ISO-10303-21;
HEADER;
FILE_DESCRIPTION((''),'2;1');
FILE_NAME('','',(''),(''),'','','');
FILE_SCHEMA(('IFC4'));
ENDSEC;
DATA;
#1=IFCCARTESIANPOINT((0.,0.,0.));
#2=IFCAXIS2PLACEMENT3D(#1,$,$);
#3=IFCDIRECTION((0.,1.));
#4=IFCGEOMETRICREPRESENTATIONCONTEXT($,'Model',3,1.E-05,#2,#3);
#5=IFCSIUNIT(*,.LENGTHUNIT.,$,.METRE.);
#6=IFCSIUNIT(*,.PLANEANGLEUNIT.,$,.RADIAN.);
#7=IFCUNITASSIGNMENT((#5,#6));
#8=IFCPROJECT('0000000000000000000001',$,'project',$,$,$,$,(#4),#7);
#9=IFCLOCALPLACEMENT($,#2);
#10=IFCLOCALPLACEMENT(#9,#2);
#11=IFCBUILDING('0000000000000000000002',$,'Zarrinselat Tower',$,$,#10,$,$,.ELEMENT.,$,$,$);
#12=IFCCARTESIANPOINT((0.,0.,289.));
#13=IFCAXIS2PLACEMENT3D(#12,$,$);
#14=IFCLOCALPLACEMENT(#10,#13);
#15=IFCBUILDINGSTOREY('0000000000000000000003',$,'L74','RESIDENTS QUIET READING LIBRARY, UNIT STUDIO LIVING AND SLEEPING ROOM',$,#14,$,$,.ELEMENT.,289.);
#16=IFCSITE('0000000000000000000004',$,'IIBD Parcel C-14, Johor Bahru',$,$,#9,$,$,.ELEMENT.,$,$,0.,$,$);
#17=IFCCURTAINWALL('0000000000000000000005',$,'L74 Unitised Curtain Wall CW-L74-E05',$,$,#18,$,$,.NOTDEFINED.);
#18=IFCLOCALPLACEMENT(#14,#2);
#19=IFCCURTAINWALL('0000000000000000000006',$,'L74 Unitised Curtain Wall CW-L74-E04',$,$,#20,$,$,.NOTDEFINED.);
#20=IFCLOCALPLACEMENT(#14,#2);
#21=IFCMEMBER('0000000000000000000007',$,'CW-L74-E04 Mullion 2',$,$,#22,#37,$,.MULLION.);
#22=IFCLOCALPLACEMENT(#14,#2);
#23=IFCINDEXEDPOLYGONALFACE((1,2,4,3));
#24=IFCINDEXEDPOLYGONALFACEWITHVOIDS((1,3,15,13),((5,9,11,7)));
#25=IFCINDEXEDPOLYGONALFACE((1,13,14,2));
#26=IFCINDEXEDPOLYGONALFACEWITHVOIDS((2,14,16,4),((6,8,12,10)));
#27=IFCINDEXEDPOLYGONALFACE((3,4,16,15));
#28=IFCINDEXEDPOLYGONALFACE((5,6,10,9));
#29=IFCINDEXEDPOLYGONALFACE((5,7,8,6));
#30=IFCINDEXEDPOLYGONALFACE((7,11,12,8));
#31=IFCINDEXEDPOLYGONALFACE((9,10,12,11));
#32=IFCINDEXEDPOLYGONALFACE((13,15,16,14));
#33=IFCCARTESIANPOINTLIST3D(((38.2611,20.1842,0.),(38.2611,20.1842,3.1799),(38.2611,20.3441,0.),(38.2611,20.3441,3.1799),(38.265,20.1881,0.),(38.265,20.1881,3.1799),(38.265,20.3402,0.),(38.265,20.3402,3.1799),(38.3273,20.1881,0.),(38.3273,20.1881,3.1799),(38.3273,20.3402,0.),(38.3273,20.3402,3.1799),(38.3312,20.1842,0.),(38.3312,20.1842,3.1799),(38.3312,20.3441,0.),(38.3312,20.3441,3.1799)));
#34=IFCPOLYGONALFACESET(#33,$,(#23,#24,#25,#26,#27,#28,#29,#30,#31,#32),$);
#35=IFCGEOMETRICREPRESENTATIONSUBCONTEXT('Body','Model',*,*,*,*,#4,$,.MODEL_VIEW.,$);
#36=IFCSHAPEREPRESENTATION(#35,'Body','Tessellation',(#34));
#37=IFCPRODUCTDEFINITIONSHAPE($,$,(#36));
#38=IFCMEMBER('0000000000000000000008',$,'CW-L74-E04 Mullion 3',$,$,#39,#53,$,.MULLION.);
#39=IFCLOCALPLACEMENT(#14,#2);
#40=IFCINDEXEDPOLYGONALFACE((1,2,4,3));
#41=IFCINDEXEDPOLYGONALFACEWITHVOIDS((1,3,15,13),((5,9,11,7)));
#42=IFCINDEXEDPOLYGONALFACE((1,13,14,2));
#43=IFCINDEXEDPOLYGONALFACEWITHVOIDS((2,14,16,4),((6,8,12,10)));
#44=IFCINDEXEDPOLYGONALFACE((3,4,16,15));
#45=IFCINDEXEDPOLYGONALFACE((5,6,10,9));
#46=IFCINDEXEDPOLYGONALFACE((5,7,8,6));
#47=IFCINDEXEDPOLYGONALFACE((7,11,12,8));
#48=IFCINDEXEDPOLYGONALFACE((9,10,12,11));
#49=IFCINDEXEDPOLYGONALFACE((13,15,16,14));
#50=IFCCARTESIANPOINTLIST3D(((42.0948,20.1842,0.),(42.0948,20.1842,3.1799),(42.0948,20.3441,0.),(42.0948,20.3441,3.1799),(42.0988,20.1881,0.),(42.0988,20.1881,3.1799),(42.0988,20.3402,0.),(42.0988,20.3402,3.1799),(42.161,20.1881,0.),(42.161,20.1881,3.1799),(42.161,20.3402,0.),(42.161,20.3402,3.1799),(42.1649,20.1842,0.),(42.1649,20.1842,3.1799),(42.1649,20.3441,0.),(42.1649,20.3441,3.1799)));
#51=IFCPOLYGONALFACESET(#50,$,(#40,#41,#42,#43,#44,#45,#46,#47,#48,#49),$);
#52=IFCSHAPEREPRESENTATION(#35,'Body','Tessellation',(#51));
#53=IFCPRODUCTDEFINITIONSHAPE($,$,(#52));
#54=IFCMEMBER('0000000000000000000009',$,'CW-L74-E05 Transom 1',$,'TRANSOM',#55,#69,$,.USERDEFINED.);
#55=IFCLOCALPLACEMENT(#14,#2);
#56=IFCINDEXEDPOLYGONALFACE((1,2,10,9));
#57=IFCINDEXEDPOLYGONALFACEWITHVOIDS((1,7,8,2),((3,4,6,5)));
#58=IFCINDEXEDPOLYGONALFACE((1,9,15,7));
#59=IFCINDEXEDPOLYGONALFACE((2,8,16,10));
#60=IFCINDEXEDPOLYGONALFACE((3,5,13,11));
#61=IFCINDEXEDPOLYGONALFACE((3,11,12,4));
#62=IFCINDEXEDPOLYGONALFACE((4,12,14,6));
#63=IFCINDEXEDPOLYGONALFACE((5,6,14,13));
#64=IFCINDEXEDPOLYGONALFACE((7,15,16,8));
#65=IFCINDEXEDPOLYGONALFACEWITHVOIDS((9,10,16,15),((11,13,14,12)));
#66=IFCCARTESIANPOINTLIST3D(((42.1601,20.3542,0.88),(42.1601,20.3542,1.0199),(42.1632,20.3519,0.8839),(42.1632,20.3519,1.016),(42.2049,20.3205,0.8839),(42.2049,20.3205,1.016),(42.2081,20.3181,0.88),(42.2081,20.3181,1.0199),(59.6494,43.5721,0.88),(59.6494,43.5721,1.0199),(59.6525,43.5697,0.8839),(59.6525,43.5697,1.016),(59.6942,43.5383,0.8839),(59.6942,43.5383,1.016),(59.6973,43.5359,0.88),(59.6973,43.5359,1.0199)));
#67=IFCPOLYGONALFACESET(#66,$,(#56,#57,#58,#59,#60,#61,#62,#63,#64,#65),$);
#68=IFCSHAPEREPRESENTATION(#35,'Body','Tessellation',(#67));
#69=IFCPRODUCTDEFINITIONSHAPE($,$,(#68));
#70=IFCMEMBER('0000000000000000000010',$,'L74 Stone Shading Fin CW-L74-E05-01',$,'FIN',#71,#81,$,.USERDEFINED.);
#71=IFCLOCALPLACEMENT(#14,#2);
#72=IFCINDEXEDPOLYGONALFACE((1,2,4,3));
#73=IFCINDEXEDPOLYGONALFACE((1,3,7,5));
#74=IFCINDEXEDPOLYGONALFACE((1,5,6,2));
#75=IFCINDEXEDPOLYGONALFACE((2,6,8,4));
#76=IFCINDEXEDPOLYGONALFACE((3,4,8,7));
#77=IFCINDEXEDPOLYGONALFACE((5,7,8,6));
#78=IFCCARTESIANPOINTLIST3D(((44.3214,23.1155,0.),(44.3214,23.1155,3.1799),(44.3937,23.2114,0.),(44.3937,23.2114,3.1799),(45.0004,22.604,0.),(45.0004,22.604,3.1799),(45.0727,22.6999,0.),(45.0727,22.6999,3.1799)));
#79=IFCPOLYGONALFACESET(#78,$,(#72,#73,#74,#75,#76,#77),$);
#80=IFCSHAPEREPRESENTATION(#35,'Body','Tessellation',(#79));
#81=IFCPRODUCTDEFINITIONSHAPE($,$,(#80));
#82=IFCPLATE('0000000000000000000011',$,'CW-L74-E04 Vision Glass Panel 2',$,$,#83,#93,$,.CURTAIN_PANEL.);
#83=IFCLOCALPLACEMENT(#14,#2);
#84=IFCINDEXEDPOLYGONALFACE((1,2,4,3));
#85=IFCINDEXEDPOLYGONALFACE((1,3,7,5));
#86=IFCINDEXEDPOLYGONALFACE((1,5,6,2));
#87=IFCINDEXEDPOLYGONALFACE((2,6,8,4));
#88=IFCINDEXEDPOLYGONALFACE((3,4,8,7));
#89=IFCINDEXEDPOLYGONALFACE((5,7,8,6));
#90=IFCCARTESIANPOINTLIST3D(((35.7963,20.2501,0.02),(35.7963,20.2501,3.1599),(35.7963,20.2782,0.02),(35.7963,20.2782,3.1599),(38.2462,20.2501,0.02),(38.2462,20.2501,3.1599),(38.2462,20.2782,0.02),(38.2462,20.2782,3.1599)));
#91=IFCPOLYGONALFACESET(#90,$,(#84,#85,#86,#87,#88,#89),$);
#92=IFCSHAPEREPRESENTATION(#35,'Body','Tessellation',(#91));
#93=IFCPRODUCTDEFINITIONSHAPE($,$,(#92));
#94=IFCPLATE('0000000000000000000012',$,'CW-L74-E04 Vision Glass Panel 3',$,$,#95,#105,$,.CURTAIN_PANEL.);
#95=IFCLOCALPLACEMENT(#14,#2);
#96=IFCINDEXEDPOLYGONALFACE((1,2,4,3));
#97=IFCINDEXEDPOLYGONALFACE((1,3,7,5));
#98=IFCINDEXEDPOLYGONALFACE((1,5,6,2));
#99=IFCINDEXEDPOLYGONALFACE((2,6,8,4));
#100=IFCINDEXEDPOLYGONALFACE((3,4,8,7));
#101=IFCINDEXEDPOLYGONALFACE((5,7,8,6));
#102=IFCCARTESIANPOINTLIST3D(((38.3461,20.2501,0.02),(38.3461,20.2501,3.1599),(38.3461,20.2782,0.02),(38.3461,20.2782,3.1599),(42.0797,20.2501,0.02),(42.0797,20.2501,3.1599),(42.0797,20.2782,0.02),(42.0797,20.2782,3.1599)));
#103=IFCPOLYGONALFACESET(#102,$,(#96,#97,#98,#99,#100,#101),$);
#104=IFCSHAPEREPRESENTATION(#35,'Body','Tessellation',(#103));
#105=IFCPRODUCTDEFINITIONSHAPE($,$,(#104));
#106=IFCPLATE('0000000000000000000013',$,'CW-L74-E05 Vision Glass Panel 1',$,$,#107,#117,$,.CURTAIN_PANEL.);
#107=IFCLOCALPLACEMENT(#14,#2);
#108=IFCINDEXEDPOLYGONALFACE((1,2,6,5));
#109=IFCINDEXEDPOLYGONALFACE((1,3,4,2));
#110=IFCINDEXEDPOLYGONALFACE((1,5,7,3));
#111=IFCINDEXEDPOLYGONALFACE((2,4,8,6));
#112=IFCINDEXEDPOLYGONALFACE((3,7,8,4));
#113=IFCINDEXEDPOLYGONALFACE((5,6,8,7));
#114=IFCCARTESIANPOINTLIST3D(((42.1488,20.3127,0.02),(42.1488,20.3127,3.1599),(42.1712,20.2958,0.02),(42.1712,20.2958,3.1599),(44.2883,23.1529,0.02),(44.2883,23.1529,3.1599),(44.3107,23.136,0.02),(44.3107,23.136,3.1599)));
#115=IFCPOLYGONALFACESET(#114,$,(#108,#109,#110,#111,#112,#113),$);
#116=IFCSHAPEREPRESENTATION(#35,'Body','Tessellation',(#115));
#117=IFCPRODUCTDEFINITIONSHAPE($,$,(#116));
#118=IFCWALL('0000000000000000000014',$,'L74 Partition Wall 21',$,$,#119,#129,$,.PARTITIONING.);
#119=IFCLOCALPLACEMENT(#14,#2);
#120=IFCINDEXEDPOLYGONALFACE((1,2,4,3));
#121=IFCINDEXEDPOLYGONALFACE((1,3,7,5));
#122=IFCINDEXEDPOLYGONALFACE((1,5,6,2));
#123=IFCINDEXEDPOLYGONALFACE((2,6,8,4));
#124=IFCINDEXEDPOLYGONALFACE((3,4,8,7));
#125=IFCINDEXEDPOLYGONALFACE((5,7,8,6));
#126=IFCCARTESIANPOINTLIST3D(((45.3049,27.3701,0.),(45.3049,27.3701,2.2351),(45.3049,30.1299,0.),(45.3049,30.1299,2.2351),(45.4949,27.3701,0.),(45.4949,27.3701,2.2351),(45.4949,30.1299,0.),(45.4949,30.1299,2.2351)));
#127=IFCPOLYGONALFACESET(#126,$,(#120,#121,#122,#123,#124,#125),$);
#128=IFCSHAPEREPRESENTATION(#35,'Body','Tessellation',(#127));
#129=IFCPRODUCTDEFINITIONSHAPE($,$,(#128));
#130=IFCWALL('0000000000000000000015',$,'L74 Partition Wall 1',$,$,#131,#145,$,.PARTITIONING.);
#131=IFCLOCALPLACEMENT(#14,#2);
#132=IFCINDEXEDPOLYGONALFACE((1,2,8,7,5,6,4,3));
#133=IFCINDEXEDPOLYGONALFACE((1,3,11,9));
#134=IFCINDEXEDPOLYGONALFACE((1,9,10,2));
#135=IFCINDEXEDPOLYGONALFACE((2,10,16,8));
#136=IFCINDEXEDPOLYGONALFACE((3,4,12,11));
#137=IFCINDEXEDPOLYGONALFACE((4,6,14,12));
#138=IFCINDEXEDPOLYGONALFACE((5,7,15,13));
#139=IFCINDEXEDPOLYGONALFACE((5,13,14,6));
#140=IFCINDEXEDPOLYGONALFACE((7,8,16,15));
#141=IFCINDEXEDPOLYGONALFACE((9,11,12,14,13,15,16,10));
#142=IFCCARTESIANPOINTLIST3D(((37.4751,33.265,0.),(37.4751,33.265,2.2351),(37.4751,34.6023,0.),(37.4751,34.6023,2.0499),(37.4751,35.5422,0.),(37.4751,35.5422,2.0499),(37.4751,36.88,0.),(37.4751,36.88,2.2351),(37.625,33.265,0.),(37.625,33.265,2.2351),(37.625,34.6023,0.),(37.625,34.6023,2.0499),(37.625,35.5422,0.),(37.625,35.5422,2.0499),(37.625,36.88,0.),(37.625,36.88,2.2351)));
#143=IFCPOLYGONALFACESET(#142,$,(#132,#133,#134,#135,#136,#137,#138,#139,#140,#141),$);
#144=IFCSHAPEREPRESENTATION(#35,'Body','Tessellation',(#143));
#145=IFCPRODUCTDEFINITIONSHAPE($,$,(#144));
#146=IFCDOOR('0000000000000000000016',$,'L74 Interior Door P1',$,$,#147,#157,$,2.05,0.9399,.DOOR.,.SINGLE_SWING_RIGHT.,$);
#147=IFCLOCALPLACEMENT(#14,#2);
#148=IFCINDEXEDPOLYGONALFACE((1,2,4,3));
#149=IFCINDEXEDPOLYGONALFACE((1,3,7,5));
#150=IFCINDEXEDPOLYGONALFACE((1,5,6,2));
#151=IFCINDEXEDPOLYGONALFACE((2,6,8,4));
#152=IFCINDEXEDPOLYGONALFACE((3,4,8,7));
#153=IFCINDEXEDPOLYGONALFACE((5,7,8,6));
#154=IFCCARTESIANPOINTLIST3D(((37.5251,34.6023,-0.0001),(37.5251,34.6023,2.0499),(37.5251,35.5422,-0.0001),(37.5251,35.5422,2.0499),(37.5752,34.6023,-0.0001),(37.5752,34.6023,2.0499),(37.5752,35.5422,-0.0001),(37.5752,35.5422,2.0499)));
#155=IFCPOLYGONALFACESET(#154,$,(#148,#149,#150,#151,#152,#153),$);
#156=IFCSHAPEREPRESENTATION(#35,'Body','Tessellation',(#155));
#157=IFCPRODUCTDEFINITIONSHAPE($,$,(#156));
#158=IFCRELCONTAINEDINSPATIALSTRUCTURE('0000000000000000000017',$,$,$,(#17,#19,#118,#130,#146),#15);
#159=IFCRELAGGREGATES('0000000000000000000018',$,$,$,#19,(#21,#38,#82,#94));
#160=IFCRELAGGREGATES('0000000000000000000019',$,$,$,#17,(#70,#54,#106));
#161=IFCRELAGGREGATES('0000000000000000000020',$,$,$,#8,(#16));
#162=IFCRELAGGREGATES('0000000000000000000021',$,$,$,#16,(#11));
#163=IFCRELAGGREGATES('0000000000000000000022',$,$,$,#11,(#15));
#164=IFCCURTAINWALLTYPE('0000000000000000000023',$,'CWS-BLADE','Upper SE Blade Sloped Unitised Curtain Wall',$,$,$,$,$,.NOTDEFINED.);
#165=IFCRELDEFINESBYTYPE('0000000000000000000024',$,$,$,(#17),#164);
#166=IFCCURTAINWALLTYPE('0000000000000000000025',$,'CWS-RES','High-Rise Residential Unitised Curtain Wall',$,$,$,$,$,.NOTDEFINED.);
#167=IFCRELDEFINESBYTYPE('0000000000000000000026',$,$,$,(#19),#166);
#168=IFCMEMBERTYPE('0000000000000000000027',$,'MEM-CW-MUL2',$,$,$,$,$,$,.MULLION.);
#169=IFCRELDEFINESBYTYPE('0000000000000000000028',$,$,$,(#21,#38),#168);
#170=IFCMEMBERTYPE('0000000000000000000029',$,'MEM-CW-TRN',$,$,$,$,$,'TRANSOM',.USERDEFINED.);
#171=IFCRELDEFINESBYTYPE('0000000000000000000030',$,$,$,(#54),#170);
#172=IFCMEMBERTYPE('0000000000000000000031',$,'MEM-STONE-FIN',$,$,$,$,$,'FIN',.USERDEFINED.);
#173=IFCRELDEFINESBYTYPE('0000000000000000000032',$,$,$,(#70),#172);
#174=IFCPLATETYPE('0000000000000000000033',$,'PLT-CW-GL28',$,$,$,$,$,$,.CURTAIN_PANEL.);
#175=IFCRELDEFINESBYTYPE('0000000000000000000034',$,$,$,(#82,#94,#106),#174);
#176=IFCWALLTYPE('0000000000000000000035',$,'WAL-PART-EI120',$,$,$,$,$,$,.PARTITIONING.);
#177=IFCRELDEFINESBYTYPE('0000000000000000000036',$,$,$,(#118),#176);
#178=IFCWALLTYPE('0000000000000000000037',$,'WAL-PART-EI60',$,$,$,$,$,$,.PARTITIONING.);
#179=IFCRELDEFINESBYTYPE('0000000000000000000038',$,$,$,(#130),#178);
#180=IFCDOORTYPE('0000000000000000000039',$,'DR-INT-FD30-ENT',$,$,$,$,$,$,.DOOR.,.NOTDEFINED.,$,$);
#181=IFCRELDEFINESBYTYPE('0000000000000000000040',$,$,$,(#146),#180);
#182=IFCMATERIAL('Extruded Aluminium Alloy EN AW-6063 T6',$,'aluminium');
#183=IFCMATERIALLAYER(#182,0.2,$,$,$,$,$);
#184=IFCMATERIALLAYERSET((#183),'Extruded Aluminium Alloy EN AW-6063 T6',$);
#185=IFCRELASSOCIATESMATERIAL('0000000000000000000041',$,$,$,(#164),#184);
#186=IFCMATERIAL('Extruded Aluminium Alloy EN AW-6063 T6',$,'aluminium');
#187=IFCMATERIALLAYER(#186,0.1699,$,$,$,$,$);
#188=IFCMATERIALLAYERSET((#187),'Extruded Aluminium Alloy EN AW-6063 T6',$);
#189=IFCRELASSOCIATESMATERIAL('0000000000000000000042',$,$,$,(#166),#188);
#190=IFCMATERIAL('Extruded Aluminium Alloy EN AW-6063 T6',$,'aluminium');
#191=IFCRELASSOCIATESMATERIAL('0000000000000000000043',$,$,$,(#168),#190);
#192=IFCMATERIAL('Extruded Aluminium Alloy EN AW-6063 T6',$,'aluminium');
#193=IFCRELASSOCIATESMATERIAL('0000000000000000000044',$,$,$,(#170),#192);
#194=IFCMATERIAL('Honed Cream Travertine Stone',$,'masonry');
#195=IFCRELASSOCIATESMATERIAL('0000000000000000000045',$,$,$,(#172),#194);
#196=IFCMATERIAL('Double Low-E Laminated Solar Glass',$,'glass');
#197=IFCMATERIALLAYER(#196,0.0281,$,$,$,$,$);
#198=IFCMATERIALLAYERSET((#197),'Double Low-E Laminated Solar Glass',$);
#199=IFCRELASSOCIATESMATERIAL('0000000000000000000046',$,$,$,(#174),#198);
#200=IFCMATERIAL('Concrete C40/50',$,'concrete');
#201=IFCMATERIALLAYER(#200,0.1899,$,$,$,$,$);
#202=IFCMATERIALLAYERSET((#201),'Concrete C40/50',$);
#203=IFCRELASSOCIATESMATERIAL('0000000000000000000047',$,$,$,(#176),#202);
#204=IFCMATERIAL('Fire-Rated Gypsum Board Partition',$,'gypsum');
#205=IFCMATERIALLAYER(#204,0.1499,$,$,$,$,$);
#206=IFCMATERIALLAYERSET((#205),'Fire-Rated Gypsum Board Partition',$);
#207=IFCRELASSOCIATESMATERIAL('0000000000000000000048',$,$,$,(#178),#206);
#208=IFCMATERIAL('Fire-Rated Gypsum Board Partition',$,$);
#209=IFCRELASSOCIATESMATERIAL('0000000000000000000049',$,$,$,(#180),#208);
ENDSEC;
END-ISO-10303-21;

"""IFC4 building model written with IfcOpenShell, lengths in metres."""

from ifc_helpers import new_model, si_unit, direction, frame, frame_2d, origin, origin_2d, place, context, subcontext, project, spatial, rectangle, hollow_rectangle, extrude, material, layer, layer_set, material_profile, profile_set, type_object, element, fill, aggregate, save


model = new_model("IFC4")

# Units and contexts
model_context = context("Model", 3, precision=1e-05, world=origin(), true_north=direction((0.0, 1.0)))
body_context = subcontext(model_context, "Body", "Model", "MODEL_VIEW")
ifc_project = project(units=[si_unit("LENGTHUNIT", "METRE"), si_unit("PLANEANGLEUNIT", "RADIAN")], contexts=[model_context])

# Site, building, storey
site_placement = place(None, origin())
site = spatial("IfcSite", under=ifc_project, at=site_placement, Name="IIBD Parcel C-14, Johor Bahru", CompositionType="ELEMENT", RefElevation=0.0)
building_placement = place(site_placement, origin())
building = spatial("IfcBuilding", under=site, at=building_placement, Name="Zarrinselat Tower", CompositionType="ELEMENT")
storey_placement = place(building_placement, frame((0.0, 0.0, 289.0)))
storey = spatial("IfcBuildingStorey", under=building, at=storey_placement, Name="L74", Description="RESIDENTS QUIET READING LIBRARY, UNIT STUDIO LIVING AND SLEEPING ROOM", CompositionType="ELEMENT", Elevation=289.0)

# Curtain wall
ifc_material_1 = material(Name="Extruded Aluminium Alloy EN AW-6063 T6", Category="aluminium")
ifc_layer_1 = layer(ifc_material_1, 0.2)
ifc_layer_set_1 = layer_set([ifc_layer_1], Name="Extruded Aluminium Alloy EN AW-6063 T6")
curtain_wall_type_1 = type_object("IfcCurtainWallType", Name="CWS-BLADE", Description="Upper SE Blade Sloped Unitised Curtain Wall", PredefinedType="NOTDEFINED", material=ifc_layer_set_1)
curtain_wall_1_placement = place(storey_placement, origin())
curtain_wall_1 = element("IfcCurtainWall", 1, at=curtain_wall_1_placement, inside=storey, type_object=curtain_wall_type_1, Name="L74 Unitised Curtain Wall CW-L74-E05", PredefinedType="NOTDEFINED")

# Curtain wall, members
ifc_material_2 = material(Name="Extruded Aluminium Alloy EN AW-6063 T6", Category="aluminium")
ifc_layer_2 = layer(ifc_material_2, 0.1699)
ifc_layer_set_2 = layer_set([ifc_layer_2], Name="Extruded Aluminium Alloy EN AW-6063 T6")
curtain_wall_type_2 = type_object("IfcCurtainWallType", Name="CWS-RES", Description="High-Rise Residential Unitised Curtain Wall", PredefinedType="NOTDEFINED", material=ifc_layer_set_2)
curtain_wall_2_placement = place(storey_placement, origin())
curtain_wall_2 = element("IfcCurtainWall", 2, at=curtain_wall_2_placement, inside=storey, type_object=curtain_wall_type_2, Name="L74 Unitised Curtain Wall CW-L74-E04", PredefinedType="NOTDEFINED")
ifc_material_3 = material(Name="Extruded Aluminium Alloy EN AW-6063 T6", Category="aluminium")
ifc_material_profile_1 = material_profile(ifc_material_3, hollow_rectangle(XDim=0.0701, YDim=0.1599, WallThickness=0.0039, at=origin_2d()), Name="RHS 160x70x4")
ifc_profile_set_1 = profile_set([ifc_material_profile_1], Name="Extruded Aluminium Alloy EN AW-6063 T6")
member_type_1 = type_object("IfcMemberType", Name="MEM-CW-MUL2", PredefinedType="MULLION", material=ifc_profile_set_1)
member_1_placement = place(storey_placement, frame((38.2961, 20.2642, 0.0), z_axis=(0.0, 0.0, 1.0), x_axis=(1.0, 0.0, 0.0)))
member_1 = element("IfcMember", 3, at=member_1_placement, type_object=member_type_1, Name="CW-L74-E04 Mullion 2", PredefinedType="MULLION", context=body_context, shape_type="SweptSolid", body=[
    extrude(hollow_rectangle(XDim=0.0701, YDim=0.1599, WallThickness=0.0039, at=origin_2d()), origin(), (0.0, 0.0, 1.0), 3.1799),
])
member_2_placement = place(storey_placement, frame((42.1299, 20.2642, 0.0), z_axis=(0.0, 0.0, 1.0), x_axis=(1.0, 0.0, 0.0)))
member_2 = element("IfcMember", 4, at=member_2_placement, type_object=member_type_1, Name="CW-L74-E04 Mullion 3", PredefinedType="MULLION", context=body_context, shape_type="SweptSolid", body=[
    extrude(hollow_rectangle(XDim=0.0701, YDim=0.1599, WallThickness=0.0039, at=origin_2d()), origin(), (0.0, 0.0, 1.0), 3.1799),
])

# Members
ifc_material_4 = material(Name="Extruded Aluminium Alloy EN AW-6063 T6", Category="aluminium")
ifc_material_profile_2 = material_profile(ifc_material_4, hollow_rectangle(XDim=0.0601, YDim=0.1399, WallThickness=0.0039, at=origin_2d()), Name="RHS 140x60x4")
ifc_profile_set_2 = profile_set([ifc_material_profile_2], Name="Extruded Aluminium Alloy EN AW-6063 T6")
member_type_2 = type_object("IfcMemberType", Name="MEM-CW-TRN", ElementType="TRANSOM", PredefinedType="USERDEFINED", material=ifc_profile_set_2)
member_3_placement = place(storey_placement, frame((42.1841, 20.3362, 0.95), z_axis=(0.60167, 0.798744, 0.0), x_axis=(-0.798744, 0.60167, 0.0)))
member_3 = element("IfcMember", 5, at=member_3_placement, type_object=member_type_2, Name="CW-L74-E05 Transom 1", ObjectType="TRANSOM", PredefinedType="USERDEFINED", context=body_context, shape_type="SweptSolid", body=[
    extrude(hollow_rectangle(XDim=0.0601, YDim=0.1399, WallThickness=0.0039, at=origin_2d()), origin(), (0.0, 0.0, 1.0), 29.0679),
])
ifc_material_5 = material(Name="Honed Cream Travertine Stone", Category="masonry")
ifc_material_profile_3 = material_profile(ifc_material_5, rectangle(XDim=0.1201, YDim=0.8501, at=origin_2d()), Name="FIN 850x120")
ifc_profile_set_3 = profile_set([ifc_material_profile_3], Name="Honed Cream Travertine Stone")
member_type_3 = type_object("IfcMemberType", Name="MEM-STONE-FIN", ElementType="FIN", PredefinedType="USERDEFINED", material=ifc_profile_set_3)
member_4_placement = place(storey_placement, frame((44.697, 22.9077, 0.0), z_axis=(0.0, 0.0, 1.0), x_axis=(-0.601673, -0.798743, 0.0)))
member_4 = element("IfcMember", 6, at=member_4_placement, type_object=member_type_3, Name="L74 Stone Shading Fin CW-L74-E05-01", ObjectType="FIN", PredefinedType="USERDEFINED", context=body_context, shape_type="SweptSolid", body=[
    extrude(rectangle(XDim=0.1201, YDim=0.8501, at=origin_2d()), origin(), (0.0, 0.0, 1.0), 3.1799),
])

# Plates
ifc_material_6 = material(Name="Double Low-E Laminated Solar Glass", Category="glass")
ifc_layer_3 = layer(ifc_material_6, 0.0281)
ifc_layer_set_3 = layer_set([ifc_layer_3], Name="Double Low-E Laminated Solar Glass")
plate_type = type_object("IfcPlateType", Name="PLT-CW-GL28", PredefinedType="CURTAIN_PANEL", material=ifc_layer_set_3)
plate_1_placement = place(storey_placement, frame((37.0212, 20.2642, 0.02), z_axis=(0.0, 0.0, 1.0), x_axis=(1.0, 0.0, 0.0)))
plate_1 = element("IfcPlate", 7, at=plate_1_placement, type_object=plate_type, Name="CW-L74-E04 Vision Glass Panel 2", PredefinedType="CURTAIN_PANEL", context=body_context, shape_type="SweptSolid", body=[
    extrude(rectangle(XDim=2.45, YDim=0.0281, at=origin_2d()), origin(), (0.0, 0.0, 1.0), 3.1399),
])
plate_2_placement = place(storey_placement, frame((40.2129, 20.2642, 0.02), z_axis=(0.0, 0.0, 1.0), x_axis=(1.0, 0.0, 0.0)))
plate_2 = element("IfcPlate", 8, at=plate_2_placement, type_object=plate_type, Name="CW-L74-E04 Vision Glass Panel 3", PredefinedType="CURTAIN_PANEL", context=body_context, shape_type="SweptSolid", body=[
    extrude(rectangle(XDim=3.7336, YDim=0.0281, at=origin_2d()), origin(), (0.0, 0.0, 1.0), 3.1399),
])
aggregate(curtain_wall_2, [member_1, member_2, plate_1, plate_2])
plate_3_placement = place(storey_placement, frame((43.2297, 21.7244, 0.02), z_axis=(0.0, 0.0, 1.0), x_axis=(0.601673, 0.798743, 0.0)))
plate_3 = element("IfcPlate", 9, at=plate_3_placement, type_object=plate_type, Name="CW-L74-E05 Vision Glass Panel 1", PredefinedType="CURTAIN_PANEL", context=body_context, shape_type="SweptSolid", body=[
    extrude(rectangle(XDim=3.5559, YDim=0.0281, at=origin_2d()), origin(), (0.0, 0.0, 1.0), 3.1399),
])
aggregate(curtain_wall_1, [member_4, member_3, plate_3])

# Wall
ifc_material_7 = material(Name="Concrete C40/50", Category="concrete")
ifc_layer_4 = layer(ifc_material_7, 0.1899)
ifc_layer_set_4 = layer_set([ifc_layer_4], Name="Concrete C40/50")
wall_type_1 = type_object("IfcWallType", Name="WAL-PART-EI120", PredefinedType="PARTITIONING", material=ifc_layer_set_4)
wall_1_placement = place(storey_placement, frame((45.3999, 27.3701, 0.0), z_axis=(0.0, 0.0, 1.0), x_axis=(0.0, 1.0, 0.0)))
element("IfcWall", 10, at=wall_1_placement, inside=storey, type_object=wall_type_1, Name="L74 Partition Wall 21", PredefinedType="PARTITIONING", context=body_context, shape_type="SweptSolid", body=[
    extrude(rectangle(XDim=2.7598, YDim=0.1899, at=frame_2d((1.3799, 0.0))), origin(), (0.0, 0.0, 1.0), 2.2351),
])

# Wall, opening, door
ifc_material_8 = material(Name="Fire-Rated Gypsum Board Partition", Category="gypsum")
ifc_layer_5 = layer(ifc_material_8, 0.1499)
ifc_layer_set_5 = layer_set([ifc_layer_5], Name="Fire-Rated Gypsum Board Partition")
wall_type_2 = type_object("IfcWallType", Name="WAL-PART-EI60", PredefinedType="PARTITIONING", material=ifc_layer_set_5)
wall_2_placement = place(storey_placement, frame((37.55, 33.2649, 0.0), z_axis=(0.0, 0.0, 1.0), x_axis=(0.0, 1.0, 0.0)))
wall_2 = element("IfcWall", 11, at=wall_2_placement, inside=storey, type_object=wall_type_2, Name="L74 Partition Wall 1", PredefinedType="PARTITIONING", context=body_context, shape_type="SweptSolid", body=[
    extrude(rectangle(XDim=3.615, YDim=0.1499, at=frame_2d((1.8076, 0.0))), origin(), (0.0, 0.0, 1.0), 2.2351),
])
opening_1_placement = place(wall_2_placement, frame((1.3374, 0.0, 0.0)))
opening_1 = element("IfcOpeningElement", 12, at=opening_1_placement, cuts=wall_2, PredefinedType="OPENING", context=body_context, shape_type="SweptSolid", body=[
    extrude(rectangle(XDim=0.9399, YDim=2.05, at=frame_2d((0.47, 1.0249))), frame((0.0, 0.085, 0.0), z_axis=(0.0, -1.0, 0.0), x_axis=(1.0, 0.0, 0.0)), (0.0, 0.0, 1.0), 0.1699),
])
ifc_material_9 = material(Name="Fire-Rated Gypsum Board Partition")
door_type = type_object("IfcDoorType", Name="DR-INT-FD30-ENT", OperationType="NOTDEFINED", PredefinedType="DOOR", material=ifc_material_9)
door_1_placement = place(opening_1_placement, origin())
door_1 = element("IfcDoor", 13, at=door_1_placement, inside=storey, type_object=door_type, Name="L74 Interior Door P1", OperationType="SINGLE_SWING_RIGHT", OverallHeight=2.05, OverallWidth=0.9399, PredefinedType="DOOR", context=body_context, shape_type="SweptSolid", body=[
    extrude(rectangle(XDim=0.9399, YDim=2.05, at=frame_2d((0.47, 1.0249))), frame((0.0, 0.0249, 0.0), z_axis=(0.0, -1.0, 0.0), x_axis=(1.0, 0.0, 0.0)), (0.0, 0.0, 1.0), 0.05),
])
fill(opening_1, door_1)

save(model, "model.ifc")
